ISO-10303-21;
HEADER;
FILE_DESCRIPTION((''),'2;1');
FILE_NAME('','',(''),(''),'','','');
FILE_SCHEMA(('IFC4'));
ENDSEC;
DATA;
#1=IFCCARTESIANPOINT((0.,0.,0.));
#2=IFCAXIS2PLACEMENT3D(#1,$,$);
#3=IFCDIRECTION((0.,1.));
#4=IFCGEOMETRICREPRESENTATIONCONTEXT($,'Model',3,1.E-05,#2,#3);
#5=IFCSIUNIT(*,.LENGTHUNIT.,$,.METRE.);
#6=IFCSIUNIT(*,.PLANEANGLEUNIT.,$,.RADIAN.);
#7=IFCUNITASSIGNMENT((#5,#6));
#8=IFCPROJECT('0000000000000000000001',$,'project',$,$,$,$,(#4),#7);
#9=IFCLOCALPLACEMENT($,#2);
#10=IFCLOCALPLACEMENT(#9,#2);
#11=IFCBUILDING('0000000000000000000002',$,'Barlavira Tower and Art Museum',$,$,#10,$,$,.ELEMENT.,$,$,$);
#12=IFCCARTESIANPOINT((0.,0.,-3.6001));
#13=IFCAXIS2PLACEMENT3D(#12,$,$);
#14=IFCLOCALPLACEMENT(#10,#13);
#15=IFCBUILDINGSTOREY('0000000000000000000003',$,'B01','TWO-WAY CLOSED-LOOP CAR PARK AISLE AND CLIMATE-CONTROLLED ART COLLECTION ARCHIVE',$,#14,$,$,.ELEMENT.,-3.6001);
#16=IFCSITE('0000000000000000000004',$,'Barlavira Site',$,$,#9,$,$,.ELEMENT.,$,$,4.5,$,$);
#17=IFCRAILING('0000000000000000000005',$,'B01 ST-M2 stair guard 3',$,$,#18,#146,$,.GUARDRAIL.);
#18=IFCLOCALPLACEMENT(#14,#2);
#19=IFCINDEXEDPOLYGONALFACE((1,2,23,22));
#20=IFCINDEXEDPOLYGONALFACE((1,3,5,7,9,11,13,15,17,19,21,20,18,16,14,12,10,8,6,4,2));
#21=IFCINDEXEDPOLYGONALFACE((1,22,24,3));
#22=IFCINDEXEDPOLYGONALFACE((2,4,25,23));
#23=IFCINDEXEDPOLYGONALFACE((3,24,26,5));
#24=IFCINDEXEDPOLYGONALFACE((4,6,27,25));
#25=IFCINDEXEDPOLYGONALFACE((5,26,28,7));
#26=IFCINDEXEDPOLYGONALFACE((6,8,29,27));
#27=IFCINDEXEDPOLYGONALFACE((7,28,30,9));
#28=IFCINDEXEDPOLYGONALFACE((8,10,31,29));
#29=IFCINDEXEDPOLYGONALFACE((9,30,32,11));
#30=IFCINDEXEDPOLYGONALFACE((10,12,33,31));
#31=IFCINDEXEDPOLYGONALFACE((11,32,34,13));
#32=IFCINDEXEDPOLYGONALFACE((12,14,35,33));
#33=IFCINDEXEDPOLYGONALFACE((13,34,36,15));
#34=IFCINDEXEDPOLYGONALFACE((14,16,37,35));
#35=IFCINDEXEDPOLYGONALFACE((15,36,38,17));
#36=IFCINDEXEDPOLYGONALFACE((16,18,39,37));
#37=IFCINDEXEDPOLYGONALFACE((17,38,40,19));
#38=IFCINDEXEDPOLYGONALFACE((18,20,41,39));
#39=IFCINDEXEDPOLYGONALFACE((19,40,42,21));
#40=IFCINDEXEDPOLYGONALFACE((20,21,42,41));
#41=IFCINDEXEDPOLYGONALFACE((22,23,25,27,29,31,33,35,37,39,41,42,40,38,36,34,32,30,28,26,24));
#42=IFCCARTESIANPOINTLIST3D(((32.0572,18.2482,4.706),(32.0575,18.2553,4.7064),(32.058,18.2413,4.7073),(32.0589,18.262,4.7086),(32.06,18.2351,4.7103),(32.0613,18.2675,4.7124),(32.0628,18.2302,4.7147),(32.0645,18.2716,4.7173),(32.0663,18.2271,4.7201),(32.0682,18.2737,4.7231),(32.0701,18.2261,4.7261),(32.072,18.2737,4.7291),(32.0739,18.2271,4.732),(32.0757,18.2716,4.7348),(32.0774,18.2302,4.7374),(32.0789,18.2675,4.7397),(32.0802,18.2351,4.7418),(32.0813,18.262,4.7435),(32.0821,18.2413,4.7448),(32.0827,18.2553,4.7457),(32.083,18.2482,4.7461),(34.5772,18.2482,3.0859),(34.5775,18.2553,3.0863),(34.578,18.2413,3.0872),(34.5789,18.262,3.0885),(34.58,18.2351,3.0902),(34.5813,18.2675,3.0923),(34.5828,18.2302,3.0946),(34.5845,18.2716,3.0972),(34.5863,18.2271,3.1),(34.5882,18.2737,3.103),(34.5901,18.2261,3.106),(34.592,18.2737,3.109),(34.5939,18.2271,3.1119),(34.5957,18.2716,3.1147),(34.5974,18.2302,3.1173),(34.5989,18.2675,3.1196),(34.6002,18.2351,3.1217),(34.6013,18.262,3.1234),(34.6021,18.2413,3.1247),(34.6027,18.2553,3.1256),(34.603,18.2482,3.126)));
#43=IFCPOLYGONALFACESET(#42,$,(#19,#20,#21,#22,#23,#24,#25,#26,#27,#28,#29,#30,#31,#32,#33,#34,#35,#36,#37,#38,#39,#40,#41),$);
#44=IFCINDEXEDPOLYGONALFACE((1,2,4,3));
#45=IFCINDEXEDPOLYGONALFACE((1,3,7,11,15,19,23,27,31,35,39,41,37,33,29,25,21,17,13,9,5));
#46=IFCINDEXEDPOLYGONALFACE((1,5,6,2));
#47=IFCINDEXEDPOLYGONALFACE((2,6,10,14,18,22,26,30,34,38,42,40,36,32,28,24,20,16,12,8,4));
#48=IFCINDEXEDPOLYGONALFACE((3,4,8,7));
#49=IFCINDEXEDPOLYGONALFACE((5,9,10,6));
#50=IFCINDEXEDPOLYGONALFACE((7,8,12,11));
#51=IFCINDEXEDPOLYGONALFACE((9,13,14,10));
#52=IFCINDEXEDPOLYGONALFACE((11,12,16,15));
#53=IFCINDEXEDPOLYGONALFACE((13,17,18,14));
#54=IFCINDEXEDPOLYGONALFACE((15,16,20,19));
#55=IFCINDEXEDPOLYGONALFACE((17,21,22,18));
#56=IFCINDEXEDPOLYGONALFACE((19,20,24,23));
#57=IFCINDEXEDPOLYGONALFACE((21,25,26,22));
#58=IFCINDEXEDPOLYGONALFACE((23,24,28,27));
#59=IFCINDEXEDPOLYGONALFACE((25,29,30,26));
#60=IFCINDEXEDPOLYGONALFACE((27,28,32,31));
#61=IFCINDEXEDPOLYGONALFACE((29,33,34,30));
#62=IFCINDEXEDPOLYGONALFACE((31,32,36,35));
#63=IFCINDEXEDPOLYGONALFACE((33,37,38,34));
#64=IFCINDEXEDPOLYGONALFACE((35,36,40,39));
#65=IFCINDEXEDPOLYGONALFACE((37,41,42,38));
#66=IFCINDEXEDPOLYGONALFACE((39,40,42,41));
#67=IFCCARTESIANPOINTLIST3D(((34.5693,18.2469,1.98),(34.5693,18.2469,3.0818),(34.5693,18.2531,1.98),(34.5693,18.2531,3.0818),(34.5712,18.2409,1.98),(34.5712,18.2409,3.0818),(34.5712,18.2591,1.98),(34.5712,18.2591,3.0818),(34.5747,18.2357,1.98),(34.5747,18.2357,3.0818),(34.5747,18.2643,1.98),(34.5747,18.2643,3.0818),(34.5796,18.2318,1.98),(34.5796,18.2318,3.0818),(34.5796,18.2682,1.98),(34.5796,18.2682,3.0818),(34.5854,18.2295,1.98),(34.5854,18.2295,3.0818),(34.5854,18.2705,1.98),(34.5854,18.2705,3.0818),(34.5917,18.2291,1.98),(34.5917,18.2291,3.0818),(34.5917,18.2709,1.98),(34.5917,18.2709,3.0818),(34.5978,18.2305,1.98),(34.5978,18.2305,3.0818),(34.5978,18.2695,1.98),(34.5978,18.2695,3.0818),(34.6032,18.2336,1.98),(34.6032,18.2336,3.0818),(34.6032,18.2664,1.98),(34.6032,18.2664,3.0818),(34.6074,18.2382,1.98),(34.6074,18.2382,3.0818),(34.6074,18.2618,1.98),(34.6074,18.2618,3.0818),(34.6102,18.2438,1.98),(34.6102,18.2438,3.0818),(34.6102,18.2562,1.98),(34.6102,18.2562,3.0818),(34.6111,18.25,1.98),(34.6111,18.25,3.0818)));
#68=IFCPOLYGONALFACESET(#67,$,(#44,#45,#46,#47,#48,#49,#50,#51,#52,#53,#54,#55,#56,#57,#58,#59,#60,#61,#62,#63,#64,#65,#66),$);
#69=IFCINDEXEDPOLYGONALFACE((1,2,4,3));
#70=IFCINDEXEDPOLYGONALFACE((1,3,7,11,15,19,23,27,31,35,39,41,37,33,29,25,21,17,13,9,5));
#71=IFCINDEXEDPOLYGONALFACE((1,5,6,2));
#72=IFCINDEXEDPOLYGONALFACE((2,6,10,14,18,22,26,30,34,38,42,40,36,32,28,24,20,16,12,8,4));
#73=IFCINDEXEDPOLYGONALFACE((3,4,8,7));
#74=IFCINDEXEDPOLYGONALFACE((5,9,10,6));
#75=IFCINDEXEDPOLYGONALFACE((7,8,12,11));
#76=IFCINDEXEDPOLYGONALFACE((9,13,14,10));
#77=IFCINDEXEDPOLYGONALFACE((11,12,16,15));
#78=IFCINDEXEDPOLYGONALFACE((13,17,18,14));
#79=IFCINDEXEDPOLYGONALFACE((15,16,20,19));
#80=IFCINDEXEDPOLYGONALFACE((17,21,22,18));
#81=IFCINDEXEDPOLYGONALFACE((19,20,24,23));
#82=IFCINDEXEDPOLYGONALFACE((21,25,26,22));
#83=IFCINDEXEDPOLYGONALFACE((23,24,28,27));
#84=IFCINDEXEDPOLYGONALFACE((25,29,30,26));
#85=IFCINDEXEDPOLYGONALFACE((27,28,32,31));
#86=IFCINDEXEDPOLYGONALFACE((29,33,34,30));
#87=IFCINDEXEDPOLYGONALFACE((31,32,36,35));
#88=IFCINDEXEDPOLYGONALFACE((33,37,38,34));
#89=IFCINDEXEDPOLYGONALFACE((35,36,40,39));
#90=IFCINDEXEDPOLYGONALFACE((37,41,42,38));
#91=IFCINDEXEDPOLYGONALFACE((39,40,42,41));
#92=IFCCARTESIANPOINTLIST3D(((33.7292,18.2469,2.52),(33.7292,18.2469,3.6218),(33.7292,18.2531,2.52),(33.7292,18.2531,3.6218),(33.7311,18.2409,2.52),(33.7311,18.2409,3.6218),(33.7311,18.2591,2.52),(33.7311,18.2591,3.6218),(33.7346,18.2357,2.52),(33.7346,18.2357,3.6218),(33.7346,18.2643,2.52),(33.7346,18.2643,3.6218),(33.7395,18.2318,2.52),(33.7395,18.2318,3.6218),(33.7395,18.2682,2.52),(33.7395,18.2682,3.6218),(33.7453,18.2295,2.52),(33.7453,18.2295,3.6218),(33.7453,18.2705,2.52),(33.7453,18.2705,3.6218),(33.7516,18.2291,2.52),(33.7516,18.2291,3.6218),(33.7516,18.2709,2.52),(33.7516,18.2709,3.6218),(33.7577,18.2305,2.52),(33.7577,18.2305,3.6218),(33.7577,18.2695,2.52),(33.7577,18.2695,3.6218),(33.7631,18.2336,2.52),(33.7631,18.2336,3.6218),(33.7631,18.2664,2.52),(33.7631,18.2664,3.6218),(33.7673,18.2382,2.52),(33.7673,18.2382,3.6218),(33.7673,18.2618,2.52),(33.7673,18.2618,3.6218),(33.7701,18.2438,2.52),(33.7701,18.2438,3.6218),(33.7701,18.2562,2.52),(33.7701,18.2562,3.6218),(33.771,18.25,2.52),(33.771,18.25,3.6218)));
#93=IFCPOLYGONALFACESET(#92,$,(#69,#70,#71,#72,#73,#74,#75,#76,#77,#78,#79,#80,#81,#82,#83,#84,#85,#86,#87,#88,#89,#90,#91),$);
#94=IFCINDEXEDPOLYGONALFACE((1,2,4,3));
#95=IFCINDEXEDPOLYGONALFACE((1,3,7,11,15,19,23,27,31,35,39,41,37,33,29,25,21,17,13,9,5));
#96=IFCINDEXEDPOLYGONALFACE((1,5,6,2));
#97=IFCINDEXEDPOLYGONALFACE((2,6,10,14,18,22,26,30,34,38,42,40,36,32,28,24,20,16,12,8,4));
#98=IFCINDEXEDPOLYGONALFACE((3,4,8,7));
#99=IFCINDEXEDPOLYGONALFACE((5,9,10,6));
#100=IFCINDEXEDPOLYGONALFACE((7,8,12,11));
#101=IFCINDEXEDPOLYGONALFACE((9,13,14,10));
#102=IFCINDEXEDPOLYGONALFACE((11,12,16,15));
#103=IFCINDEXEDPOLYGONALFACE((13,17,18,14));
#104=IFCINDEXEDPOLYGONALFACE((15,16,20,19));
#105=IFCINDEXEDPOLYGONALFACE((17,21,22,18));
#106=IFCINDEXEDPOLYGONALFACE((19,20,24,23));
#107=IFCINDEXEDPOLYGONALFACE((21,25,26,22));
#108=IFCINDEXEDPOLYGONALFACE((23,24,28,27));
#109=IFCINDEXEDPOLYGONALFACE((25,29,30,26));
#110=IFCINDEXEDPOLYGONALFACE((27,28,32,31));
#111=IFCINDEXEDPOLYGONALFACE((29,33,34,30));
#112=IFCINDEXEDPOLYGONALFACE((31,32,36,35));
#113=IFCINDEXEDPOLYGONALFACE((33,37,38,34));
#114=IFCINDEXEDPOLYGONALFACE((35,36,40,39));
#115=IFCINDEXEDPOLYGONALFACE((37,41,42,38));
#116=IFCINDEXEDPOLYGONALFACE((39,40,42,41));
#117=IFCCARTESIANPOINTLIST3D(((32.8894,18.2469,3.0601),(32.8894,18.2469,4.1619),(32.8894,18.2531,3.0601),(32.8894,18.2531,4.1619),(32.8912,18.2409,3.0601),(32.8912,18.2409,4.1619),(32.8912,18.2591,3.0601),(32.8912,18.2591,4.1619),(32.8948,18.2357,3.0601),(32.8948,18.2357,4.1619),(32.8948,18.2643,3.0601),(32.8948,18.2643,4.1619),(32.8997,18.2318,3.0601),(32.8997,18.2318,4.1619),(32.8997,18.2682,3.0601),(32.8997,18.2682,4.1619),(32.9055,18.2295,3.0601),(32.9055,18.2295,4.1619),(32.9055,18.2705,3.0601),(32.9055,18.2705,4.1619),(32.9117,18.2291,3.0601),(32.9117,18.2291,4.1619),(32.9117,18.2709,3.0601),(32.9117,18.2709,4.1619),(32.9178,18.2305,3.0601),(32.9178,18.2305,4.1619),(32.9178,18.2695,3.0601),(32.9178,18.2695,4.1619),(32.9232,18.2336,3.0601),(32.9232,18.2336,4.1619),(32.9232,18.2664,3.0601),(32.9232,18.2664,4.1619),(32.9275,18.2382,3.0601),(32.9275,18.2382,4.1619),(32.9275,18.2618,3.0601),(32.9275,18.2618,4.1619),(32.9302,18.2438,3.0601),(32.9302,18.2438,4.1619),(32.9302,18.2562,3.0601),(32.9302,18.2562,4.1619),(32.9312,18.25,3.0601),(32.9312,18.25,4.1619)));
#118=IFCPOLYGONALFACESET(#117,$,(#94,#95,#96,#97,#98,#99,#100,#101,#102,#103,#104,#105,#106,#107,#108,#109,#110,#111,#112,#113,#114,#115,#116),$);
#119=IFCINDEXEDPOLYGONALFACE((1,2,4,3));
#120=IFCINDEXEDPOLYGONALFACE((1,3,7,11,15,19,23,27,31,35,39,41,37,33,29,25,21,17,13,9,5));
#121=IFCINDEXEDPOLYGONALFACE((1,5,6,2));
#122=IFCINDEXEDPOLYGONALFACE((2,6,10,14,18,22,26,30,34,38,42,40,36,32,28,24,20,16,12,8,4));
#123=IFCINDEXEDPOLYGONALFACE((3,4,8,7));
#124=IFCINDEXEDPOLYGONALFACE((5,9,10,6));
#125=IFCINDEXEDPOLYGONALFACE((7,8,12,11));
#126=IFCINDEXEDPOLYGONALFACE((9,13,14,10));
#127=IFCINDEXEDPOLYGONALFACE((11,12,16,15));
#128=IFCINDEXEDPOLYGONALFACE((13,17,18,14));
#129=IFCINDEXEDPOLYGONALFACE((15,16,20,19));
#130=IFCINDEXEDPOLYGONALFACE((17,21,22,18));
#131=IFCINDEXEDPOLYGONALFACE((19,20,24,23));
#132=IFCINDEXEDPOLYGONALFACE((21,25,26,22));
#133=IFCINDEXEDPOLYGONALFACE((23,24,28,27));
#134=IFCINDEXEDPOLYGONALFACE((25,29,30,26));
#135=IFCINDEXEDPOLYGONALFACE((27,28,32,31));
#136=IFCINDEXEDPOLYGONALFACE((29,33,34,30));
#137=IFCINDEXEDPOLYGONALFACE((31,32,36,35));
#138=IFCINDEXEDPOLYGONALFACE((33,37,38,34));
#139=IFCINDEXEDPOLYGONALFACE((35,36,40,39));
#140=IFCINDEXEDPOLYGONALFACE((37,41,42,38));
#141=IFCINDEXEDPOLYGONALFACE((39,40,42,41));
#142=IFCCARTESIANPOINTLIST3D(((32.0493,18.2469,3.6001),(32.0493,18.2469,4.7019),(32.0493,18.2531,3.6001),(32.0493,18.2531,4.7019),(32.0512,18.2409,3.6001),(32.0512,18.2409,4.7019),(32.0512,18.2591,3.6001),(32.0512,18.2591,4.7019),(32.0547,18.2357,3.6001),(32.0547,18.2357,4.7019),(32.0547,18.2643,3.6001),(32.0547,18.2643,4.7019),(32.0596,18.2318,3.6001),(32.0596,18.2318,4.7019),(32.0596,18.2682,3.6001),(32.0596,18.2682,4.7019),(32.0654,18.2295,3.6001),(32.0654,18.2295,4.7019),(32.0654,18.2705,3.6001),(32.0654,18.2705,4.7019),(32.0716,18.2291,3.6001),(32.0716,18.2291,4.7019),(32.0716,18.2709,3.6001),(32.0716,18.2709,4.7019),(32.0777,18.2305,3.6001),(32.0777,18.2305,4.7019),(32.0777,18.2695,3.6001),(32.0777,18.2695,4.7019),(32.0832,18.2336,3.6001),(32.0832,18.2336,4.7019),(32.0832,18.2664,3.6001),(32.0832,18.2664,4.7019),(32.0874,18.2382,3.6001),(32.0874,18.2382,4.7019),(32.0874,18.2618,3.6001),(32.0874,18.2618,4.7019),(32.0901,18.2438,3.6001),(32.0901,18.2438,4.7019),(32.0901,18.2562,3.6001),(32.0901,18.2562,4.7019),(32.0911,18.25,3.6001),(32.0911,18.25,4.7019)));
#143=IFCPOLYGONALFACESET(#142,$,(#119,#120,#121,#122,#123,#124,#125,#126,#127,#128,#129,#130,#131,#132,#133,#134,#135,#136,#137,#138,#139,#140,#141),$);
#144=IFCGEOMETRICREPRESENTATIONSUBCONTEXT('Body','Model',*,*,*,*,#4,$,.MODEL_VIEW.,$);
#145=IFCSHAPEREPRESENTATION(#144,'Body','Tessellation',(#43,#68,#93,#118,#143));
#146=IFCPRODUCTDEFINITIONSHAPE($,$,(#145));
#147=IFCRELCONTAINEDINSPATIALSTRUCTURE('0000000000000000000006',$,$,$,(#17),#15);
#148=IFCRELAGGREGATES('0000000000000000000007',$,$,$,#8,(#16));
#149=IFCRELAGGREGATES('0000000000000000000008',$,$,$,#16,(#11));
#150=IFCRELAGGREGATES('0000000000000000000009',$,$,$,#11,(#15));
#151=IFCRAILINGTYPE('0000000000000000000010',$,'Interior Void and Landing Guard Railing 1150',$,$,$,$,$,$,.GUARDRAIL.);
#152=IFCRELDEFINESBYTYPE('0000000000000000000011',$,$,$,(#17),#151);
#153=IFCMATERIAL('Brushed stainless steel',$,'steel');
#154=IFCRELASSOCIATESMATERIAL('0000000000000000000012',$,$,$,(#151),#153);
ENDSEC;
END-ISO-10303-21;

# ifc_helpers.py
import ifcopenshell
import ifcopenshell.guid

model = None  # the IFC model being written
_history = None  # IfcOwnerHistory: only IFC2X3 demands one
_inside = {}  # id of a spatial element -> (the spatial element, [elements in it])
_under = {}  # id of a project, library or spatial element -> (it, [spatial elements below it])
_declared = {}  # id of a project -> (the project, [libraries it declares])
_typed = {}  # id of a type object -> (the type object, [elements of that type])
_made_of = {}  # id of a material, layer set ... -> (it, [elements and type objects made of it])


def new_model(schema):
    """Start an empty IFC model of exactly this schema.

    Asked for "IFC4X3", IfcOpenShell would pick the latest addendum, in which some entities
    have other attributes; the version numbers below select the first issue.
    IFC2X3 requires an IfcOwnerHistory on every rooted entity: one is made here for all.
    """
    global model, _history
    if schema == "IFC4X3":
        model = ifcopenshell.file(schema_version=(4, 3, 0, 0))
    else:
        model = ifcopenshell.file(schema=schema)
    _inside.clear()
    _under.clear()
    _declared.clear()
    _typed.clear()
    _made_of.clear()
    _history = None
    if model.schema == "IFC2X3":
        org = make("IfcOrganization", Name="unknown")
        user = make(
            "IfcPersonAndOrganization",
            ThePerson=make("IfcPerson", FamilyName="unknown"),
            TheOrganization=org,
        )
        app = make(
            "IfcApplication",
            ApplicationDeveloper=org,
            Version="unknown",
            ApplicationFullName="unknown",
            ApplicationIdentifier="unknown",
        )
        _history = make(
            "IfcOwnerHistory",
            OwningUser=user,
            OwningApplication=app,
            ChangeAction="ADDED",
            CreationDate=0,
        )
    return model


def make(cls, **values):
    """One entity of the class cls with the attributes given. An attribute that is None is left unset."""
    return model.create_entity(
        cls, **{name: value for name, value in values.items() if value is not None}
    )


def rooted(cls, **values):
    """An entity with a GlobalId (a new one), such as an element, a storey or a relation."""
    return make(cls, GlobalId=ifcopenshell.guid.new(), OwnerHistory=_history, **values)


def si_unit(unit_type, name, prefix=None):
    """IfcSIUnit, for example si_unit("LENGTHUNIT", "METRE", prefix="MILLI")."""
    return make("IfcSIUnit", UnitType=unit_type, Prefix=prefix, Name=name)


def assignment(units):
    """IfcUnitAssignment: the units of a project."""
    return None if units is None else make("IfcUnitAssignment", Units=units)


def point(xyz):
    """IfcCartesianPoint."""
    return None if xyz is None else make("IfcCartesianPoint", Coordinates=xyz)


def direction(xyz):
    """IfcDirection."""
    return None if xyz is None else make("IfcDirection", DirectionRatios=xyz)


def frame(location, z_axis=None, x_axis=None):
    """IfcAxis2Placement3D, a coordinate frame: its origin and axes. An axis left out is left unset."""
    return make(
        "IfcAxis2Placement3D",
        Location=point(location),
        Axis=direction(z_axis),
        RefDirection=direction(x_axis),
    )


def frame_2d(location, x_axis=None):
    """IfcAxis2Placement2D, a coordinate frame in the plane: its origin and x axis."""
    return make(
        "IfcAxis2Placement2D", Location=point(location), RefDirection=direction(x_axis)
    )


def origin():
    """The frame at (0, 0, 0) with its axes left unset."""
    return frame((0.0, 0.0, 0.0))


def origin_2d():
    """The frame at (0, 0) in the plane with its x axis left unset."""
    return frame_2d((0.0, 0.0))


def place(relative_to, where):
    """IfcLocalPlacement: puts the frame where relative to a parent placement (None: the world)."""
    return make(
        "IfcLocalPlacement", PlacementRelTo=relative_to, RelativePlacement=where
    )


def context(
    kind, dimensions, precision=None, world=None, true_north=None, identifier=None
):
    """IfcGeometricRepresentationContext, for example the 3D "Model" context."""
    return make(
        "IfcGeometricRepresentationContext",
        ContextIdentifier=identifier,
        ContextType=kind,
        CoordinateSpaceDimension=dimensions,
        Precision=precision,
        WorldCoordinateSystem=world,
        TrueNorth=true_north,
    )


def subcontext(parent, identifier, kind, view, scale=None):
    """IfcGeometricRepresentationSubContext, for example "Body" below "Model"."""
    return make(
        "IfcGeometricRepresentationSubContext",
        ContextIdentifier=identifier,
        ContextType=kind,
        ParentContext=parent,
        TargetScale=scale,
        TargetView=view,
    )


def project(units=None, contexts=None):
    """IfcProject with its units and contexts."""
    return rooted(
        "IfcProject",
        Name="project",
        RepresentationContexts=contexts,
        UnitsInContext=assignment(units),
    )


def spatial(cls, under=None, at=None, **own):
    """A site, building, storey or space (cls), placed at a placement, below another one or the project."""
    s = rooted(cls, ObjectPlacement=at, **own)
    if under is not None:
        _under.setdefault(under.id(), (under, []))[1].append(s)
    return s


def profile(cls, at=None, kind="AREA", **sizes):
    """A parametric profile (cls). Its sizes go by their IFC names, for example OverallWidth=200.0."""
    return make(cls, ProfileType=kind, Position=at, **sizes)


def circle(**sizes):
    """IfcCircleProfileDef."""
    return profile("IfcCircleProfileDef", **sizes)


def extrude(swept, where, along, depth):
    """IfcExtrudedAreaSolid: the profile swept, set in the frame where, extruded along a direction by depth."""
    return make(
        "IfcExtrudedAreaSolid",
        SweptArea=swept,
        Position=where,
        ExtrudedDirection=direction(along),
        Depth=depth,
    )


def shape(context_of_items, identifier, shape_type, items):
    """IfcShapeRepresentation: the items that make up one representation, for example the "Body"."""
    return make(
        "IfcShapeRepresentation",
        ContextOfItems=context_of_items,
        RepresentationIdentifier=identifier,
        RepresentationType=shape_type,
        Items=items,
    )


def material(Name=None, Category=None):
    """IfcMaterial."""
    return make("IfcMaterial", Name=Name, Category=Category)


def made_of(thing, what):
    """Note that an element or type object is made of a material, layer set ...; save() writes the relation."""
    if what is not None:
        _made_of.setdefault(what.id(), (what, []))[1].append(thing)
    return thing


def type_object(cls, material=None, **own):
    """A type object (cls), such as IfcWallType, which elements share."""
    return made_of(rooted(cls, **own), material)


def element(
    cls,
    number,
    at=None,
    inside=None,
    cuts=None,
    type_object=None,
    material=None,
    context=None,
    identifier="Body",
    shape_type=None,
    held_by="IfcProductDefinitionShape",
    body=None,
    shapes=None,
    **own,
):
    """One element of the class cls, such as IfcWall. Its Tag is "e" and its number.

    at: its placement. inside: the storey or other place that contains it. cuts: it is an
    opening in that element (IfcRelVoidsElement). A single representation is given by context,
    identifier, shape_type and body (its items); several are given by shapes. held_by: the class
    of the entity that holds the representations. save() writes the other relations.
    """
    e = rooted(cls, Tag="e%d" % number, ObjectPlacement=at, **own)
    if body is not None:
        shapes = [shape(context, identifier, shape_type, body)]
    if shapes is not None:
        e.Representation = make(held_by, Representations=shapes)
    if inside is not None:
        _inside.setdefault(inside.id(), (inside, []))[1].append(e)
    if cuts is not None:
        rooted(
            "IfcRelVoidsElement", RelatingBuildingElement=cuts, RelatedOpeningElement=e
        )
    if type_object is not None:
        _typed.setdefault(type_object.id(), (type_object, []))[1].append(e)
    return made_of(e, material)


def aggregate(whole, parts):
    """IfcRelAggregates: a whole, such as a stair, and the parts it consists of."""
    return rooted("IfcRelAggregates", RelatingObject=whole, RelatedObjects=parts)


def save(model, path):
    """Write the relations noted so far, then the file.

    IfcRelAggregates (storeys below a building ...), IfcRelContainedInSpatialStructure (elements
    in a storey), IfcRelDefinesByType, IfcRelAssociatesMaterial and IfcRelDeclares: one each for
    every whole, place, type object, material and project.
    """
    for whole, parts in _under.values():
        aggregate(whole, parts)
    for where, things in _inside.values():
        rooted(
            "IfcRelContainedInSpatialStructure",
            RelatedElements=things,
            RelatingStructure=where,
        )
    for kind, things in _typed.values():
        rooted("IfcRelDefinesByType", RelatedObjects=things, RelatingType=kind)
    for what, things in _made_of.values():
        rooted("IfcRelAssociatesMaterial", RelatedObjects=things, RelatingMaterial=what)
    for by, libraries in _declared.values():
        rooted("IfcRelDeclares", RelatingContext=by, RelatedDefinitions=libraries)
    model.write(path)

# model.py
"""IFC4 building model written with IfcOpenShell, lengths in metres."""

from ifc_helpers import new_model, si_unit, direction, frame, origin, origin_2d, place, context, subcontext, project, spatial, circle, extrude, material, type_object, element, save


model = new_model("IFC4")

# Units and contexts
model_context = context("Model", 3, precision=1e-05, world=origin(), true_north=direction((0.0, 1.0)))
body_context = subcontext(model_context, "Body", "Model", "MODEL_VIEW")
ifc_project = project(units=[si_unit("LENGTHUNIT", "METRE"), si_unit("PLANEANGLEUNIT", "RADIAN")], contexts=[model_context])

# Site, building, storey
site_placement = place(None, origin())
site = spatial("IfcSite", under=ifc_project, at=site_placement, Name="Barlavira Site", CompositionType="ELEMENT", RefElevation=4.5)
building_placement = place(site_placement, origin())
building = spatial("IfcBuilding", under=site, at=building_placement, Name="Barlavira Tower and Art Museum", CompositionType="ELEMENT")
storey_placement = place(building_placement, frame((0.0, 0.0, -3.6001)))
storey = spatial("IfcBuildingStorey", under=building, at=storey_placement, Name="B01", Description="TWO-WAY CLOSED-LOOP CAR PARK AISLE AND CLIMATE-CONTROLLED ART COLLECTION ARCHIVE", CompositionType="ELEMENT", Elevation=-3.6001)

# Shared definitions
ifc_material_1 = material(Name="Brushed stainless steel", Category="steel")

# Railing
railing_type_1 = type_object("IfcRailingType", Name="Interior Void and Landing Guard Railing 1150", PredefinedType="GUARDRAIL", material=ifc_material_1)
railing_1_placement = place(storey_placement, frame((34.5901, 18.25, 1.98)))
element("IfcRailing", 1, at=railing_1_placement, inside=storey, type_object=railing_type_1, Name="B01 ST-M2 stair guard 3", PredefinedType="GUARDRAIL", context=body_context, shape_type="SweptSolid", body=[
    extrude(circle(Radius=0.0239, at=origin_2d()), frame((0.0, 0.0, 1.126), z_axis=(-0.841163, 0.0, 0.540782), x_axis=(0.0, -1.0, 0.0)), (0.0, 0.0, 1.0), 2.9958),
    extrude(circle(Radius=0.021, at=origin_2d()), origin(), (0.0, 0.0, 1.0), 1.1018),
    extrude(circle(Radius=0.021, at=origin_2d()), frame((-0.8401, 0.0, 0.54)), (0.0, 0.0, 1.0), 1.1018),
    extrude(circle(Radius=0.021, at=origin_2d()), frame((-1.6799, 0.0, 1.0801)), (0.0, 0.0, 1.0), 1.1018),
    extrude(circle(Radius=0.021, at=origin_2d()), frame((-2.52, 0.0, 1.6201)), (0.0, 0.0, 1.0), 1.1018),
])

save(model, "model.ifc")
